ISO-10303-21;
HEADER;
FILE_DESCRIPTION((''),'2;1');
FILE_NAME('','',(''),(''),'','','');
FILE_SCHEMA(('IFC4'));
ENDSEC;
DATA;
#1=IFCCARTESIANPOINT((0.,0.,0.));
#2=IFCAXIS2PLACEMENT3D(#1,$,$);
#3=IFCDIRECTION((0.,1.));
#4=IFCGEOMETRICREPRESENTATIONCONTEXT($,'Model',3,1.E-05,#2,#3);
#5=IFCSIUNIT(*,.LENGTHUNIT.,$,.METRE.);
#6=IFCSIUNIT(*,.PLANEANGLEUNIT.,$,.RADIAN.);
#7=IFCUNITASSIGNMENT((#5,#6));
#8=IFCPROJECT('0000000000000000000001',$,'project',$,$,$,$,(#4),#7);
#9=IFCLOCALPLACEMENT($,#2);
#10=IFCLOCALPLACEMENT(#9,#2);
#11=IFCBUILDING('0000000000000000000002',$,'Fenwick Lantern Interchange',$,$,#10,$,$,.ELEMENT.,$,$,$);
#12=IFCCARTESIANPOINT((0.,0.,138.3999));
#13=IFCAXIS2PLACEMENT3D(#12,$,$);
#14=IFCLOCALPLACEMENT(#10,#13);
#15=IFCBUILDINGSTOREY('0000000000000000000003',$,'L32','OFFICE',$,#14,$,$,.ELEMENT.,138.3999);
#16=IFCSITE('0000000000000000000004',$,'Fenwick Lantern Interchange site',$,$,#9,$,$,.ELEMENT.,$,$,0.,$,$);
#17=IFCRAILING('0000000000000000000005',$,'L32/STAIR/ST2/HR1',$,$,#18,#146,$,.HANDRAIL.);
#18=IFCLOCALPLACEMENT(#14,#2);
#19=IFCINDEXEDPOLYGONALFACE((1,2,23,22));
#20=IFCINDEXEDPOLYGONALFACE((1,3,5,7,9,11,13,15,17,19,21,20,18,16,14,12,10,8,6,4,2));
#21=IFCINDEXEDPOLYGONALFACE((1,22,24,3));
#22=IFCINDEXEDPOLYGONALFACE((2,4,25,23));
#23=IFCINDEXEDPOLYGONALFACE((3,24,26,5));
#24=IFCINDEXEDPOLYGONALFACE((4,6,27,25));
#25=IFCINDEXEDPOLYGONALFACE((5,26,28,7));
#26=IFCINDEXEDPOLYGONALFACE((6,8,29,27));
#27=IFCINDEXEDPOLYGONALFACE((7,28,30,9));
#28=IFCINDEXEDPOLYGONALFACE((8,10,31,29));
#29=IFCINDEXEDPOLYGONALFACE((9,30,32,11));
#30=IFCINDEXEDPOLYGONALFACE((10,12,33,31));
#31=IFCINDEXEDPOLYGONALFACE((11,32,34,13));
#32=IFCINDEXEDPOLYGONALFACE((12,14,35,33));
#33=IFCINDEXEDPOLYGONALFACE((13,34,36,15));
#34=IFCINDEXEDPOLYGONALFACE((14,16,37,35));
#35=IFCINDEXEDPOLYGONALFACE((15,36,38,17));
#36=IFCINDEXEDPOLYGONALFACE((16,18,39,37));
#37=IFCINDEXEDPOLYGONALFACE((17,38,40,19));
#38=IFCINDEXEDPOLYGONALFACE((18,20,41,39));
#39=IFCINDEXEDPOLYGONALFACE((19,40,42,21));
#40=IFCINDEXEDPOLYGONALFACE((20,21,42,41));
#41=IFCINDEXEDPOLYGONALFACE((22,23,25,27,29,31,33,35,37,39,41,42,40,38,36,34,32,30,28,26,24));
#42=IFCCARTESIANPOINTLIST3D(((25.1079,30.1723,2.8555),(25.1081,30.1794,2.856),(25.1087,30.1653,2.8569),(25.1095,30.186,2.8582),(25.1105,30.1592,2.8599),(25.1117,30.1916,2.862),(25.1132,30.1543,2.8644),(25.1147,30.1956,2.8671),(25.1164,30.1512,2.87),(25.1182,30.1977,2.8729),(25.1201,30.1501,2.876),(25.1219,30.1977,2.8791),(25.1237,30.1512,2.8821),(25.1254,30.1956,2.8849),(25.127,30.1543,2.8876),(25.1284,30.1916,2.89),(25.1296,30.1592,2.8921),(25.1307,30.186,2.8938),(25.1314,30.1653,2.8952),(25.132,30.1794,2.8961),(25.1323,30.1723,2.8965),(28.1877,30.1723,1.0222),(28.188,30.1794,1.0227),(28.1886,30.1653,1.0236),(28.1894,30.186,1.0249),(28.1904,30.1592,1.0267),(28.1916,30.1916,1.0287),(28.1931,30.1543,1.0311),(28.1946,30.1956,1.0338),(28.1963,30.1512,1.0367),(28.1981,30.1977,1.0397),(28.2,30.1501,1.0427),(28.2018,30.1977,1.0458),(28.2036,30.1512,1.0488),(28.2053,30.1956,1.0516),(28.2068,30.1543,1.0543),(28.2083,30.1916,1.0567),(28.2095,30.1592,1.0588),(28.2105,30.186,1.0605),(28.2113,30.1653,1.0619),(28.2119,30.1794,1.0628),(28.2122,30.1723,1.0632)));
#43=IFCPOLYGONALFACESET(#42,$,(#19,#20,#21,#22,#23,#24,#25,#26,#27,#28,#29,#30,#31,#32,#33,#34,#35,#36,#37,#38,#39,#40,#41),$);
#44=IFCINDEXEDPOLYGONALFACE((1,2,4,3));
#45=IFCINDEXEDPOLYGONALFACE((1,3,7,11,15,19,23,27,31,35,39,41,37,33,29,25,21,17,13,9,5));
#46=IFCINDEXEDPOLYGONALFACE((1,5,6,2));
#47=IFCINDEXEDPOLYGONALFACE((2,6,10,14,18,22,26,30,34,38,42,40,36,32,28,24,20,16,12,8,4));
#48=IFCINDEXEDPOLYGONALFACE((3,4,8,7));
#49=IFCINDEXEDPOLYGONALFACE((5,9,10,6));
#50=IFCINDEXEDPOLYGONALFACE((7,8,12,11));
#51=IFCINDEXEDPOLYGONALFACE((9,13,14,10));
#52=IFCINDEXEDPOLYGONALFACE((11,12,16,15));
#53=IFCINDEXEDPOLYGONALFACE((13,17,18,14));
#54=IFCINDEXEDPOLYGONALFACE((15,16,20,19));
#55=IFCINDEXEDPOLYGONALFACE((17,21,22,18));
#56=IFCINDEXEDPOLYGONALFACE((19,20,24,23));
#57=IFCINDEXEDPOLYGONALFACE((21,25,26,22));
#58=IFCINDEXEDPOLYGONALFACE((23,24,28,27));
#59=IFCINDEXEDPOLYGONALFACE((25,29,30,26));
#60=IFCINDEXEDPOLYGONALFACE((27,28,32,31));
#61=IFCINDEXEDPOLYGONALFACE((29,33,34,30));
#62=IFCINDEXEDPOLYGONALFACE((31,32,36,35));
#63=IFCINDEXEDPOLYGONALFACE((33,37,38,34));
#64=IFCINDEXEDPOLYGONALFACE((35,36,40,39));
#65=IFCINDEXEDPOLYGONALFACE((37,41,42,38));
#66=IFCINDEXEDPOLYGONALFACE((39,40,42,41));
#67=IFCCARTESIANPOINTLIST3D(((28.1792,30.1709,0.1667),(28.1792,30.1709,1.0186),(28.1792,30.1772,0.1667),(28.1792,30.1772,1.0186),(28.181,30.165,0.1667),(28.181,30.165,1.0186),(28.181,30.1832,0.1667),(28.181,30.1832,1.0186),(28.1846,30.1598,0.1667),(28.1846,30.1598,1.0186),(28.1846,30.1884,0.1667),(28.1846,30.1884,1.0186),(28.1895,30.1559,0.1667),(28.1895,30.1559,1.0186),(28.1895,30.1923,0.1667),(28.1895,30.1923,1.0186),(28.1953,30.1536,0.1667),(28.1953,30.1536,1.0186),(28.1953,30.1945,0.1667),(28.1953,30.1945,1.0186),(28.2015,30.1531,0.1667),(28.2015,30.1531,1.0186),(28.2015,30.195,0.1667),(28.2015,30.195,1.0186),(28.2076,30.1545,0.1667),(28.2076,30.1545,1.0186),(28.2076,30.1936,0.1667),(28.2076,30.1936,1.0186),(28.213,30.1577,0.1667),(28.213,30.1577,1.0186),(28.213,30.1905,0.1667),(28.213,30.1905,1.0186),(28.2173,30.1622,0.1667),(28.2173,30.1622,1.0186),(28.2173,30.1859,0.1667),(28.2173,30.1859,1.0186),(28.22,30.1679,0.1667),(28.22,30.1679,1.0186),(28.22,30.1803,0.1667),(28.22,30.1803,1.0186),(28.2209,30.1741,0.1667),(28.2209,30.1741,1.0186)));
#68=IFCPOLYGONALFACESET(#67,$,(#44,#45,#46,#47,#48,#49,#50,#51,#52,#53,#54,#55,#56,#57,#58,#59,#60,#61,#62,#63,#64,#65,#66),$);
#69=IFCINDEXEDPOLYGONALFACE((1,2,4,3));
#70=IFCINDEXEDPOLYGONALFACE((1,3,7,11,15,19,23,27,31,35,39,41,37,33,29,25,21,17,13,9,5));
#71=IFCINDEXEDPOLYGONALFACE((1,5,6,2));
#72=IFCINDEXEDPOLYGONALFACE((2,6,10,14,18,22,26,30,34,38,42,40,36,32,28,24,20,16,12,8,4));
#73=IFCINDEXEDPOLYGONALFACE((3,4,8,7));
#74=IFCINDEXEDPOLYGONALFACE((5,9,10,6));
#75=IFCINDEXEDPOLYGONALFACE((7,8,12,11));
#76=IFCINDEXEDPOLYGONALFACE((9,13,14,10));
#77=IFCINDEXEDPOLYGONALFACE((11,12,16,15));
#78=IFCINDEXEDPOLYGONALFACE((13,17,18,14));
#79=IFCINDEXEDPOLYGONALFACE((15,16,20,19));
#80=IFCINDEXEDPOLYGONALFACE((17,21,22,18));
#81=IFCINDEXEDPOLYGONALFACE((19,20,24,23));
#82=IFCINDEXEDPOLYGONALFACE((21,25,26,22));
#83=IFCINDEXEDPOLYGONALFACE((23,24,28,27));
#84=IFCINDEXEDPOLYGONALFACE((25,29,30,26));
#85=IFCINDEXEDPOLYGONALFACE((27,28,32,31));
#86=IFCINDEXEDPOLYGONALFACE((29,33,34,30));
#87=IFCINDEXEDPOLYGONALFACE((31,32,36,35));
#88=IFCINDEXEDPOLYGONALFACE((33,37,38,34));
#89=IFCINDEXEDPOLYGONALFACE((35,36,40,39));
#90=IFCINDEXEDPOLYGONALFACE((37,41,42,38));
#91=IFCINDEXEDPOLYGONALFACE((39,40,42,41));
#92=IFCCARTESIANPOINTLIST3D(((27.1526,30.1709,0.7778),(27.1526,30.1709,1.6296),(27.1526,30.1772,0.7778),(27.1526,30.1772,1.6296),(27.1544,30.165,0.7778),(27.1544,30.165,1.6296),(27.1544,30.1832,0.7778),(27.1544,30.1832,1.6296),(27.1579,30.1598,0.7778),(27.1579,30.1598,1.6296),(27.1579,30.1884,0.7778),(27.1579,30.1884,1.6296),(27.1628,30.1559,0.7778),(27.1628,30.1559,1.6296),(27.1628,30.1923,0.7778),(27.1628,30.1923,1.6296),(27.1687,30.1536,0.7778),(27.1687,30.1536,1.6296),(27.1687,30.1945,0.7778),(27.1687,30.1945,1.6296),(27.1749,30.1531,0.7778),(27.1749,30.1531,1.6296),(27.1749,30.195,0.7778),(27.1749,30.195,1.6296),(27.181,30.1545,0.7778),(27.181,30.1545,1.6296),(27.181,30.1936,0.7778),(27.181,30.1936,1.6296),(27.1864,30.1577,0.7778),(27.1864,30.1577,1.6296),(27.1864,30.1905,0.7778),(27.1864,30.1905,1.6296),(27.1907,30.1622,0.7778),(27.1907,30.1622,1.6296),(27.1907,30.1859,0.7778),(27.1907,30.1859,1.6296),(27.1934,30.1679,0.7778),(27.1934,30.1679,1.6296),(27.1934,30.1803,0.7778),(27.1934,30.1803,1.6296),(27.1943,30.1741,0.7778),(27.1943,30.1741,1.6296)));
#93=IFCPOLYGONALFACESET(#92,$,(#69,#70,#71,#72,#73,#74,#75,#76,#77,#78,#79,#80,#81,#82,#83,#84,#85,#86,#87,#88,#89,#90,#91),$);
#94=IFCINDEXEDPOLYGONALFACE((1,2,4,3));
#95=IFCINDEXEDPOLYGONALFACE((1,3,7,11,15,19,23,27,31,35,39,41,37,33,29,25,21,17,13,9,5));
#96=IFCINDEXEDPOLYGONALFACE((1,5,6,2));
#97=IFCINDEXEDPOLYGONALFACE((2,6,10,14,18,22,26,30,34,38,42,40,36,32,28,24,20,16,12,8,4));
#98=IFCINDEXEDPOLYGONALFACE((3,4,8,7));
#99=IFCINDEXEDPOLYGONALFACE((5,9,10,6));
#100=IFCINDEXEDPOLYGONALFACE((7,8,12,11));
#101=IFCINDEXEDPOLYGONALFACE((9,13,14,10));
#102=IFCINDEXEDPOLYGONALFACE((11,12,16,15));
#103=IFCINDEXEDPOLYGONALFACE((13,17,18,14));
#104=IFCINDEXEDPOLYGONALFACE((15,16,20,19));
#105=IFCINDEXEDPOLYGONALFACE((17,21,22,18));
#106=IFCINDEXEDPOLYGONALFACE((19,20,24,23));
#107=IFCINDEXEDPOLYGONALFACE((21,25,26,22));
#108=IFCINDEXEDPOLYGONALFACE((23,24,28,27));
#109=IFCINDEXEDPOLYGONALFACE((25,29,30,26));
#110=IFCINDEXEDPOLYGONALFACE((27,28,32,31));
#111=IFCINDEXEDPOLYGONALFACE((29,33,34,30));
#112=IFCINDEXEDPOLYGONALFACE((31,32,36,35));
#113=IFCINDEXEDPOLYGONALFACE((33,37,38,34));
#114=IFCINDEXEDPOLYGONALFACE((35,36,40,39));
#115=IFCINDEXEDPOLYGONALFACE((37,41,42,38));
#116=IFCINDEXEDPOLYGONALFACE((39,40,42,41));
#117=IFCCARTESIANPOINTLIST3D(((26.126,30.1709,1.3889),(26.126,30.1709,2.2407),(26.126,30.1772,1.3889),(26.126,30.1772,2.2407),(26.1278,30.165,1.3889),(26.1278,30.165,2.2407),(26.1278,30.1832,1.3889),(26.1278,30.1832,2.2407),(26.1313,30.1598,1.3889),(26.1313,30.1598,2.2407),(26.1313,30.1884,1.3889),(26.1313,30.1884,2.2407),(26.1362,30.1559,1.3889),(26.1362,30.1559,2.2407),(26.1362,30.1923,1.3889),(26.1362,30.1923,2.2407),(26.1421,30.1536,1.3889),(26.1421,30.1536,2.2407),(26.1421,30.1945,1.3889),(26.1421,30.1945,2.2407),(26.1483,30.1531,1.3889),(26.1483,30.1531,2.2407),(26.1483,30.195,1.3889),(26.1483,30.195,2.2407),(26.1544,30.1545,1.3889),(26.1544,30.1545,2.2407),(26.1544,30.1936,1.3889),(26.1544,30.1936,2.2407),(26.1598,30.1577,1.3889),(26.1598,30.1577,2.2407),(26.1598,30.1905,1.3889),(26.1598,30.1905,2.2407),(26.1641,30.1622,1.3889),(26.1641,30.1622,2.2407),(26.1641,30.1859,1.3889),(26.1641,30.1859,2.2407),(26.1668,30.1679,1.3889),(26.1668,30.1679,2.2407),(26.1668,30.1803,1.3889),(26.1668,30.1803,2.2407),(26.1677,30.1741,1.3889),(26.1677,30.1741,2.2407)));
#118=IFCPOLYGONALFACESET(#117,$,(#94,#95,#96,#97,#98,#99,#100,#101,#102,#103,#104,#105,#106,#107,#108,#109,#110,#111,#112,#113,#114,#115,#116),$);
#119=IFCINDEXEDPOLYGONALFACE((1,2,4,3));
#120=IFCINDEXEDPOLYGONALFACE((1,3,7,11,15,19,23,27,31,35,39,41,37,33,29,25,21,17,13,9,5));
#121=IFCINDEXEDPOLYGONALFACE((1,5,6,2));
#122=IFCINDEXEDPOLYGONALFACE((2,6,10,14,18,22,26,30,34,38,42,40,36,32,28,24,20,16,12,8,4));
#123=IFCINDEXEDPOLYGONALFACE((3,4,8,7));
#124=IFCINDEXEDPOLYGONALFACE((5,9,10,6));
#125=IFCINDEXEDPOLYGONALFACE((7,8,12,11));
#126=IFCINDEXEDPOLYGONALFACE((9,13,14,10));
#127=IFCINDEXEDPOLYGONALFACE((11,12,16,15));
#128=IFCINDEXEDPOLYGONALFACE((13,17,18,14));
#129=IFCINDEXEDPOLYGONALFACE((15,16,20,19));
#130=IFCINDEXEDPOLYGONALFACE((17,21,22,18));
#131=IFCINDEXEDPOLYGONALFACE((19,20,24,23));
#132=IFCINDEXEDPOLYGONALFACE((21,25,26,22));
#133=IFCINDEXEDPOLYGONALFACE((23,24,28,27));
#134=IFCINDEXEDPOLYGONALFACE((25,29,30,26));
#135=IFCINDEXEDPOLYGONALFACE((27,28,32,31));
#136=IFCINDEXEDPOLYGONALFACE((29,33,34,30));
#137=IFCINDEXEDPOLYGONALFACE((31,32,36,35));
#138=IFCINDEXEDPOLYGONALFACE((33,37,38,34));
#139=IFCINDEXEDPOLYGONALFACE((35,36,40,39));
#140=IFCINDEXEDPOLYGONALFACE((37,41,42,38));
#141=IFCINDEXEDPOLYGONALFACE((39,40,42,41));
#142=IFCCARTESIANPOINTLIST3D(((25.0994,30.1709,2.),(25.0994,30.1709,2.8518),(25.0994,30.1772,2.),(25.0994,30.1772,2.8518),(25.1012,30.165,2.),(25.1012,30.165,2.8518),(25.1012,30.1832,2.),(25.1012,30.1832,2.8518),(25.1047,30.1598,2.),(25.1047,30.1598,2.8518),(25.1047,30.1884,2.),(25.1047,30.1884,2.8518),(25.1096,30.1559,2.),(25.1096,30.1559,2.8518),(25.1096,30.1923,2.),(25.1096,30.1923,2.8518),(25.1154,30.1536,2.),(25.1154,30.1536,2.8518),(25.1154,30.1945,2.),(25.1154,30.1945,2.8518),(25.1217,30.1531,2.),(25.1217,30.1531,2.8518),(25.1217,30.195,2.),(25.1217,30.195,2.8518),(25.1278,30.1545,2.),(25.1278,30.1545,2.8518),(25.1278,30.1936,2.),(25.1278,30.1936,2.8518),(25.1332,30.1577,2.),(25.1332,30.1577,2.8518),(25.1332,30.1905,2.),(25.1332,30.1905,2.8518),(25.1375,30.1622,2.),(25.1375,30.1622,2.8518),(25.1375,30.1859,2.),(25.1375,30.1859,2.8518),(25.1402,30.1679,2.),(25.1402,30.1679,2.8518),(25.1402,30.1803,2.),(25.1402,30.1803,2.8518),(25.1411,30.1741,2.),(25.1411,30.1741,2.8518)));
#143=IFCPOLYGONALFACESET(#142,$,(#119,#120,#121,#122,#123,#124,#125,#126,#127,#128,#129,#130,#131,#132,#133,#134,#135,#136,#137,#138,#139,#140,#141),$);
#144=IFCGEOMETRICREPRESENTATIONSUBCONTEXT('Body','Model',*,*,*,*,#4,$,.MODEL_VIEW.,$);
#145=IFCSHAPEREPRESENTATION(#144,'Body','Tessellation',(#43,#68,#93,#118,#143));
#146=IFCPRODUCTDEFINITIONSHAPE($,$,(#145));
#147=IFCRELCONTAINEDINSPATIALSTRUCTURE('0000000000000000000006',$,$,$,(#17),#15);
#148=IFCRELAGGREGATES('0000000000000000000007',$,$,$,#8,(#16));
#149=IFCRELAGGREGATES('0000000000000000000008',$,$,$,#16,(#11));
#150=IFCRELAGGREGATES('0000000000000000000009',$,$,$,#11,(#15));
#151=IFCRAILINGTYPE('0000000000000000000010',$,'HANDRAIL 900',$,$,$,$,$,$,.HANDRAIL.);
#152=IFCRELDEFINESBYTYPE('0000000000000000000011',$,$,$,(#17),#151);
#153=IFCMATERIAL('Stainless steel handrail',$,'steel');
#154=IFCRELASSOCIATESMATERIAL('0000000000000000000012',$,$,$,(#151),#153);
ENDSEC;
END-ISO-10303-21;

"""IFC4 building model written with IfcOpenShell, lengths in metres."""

from ifc_helpers import new_model, si_unit, direction, frame, origin, origin_2d, place, context, subcontext, project, spatial, circle, extrude, material, type_object, element, save


model = new_model("IFC4")

# Units and contexts
model_context = context("Model", 3, precision=1e-05, world=origin(), true_north=direction((0.0, 1.0)))
body_context = subcontext(model_context, "Body", "Model", "MODEL_VIEW")
ifc_project = project(units=[si_unit("LENGTHUNIT", "METRE"), si_unit("PLANEANGLEUNIT", "RADIAN")], contexts=[model_context])

# Site, building, storey
site_placement = place(None, origin())
site = spatial("IfcSite", under=ifc_project, at=site_placement, Name="Fenwick Lantern Interchange site", CompositionType="ELEMENT", RefElevation=0.0)
building_placement = place(site_placement, origin())
building = spatial("IfcBuilding", under=site, at=building_placement, Name="Fenwick Lantern Interchange", CompositionType="ELEMENT")
storey_placement = place(building_placement, frame((0.0, 0.0, 138.3999)))
storey = spatial("IfcBuildingStorey", under=building, at=storey_placement, Name="L32", Description="OFFICE", CompositionType="ELEMENT", Elevation=138.3999)

# Railing
ifc_material_1 = material(Name="Stainless steel handrail", Category="steel")
railing_type = type_object("IfcRailingType", Name="HANDRAIL 900", PredefinedType="HANDRAIL", material=ifc_material_1)
railing_1_placement = place(storey_placement, frame((28.2, 30.1741, 0.1667)))
element("IfcRailing", 1, at=railing_1_placement, inside=storey, type_object=railing_type, Name="L32/STAIR/ST2/HR1", PredefinedType="HANDRAIL", context=body_context, shape_type="SweptSolid", body=[
    extrude(circle(Radius=0.0239, at=origin_2d()), frame((0.0, 0.0, 0.876), z_axis=(-0.859291, 0.0, 0.511487), x_axis=(0.0, -1.0, 0.0)), (0.0, 0.0, 1.0), 3.5842),
    extrude(circle(Radius=0.021, at=origin_2d()), origin(), (0.0, 0.0, 1.0), 0.8518),
    extrude(circle(Radius=0.021, at=origin_2d()), frame((-1.0266, 0.0, 0.6111)), (0.0, 0.0, 1.0), 0.8518),
    extrude(circle(Radius=0.021, at=origin_2d()), frame((-2.0532, 0.0, 1.2222)), (0.0, 0.0, 1.0), 0.8518),
    extrude(circle(Radius=0.021, at=origin_2d()), frame((-3.0798, 0.0, 1.8333)), (0.0, 0.0, 1.0), 0.8518),
])

save(model, "model.ifc")
